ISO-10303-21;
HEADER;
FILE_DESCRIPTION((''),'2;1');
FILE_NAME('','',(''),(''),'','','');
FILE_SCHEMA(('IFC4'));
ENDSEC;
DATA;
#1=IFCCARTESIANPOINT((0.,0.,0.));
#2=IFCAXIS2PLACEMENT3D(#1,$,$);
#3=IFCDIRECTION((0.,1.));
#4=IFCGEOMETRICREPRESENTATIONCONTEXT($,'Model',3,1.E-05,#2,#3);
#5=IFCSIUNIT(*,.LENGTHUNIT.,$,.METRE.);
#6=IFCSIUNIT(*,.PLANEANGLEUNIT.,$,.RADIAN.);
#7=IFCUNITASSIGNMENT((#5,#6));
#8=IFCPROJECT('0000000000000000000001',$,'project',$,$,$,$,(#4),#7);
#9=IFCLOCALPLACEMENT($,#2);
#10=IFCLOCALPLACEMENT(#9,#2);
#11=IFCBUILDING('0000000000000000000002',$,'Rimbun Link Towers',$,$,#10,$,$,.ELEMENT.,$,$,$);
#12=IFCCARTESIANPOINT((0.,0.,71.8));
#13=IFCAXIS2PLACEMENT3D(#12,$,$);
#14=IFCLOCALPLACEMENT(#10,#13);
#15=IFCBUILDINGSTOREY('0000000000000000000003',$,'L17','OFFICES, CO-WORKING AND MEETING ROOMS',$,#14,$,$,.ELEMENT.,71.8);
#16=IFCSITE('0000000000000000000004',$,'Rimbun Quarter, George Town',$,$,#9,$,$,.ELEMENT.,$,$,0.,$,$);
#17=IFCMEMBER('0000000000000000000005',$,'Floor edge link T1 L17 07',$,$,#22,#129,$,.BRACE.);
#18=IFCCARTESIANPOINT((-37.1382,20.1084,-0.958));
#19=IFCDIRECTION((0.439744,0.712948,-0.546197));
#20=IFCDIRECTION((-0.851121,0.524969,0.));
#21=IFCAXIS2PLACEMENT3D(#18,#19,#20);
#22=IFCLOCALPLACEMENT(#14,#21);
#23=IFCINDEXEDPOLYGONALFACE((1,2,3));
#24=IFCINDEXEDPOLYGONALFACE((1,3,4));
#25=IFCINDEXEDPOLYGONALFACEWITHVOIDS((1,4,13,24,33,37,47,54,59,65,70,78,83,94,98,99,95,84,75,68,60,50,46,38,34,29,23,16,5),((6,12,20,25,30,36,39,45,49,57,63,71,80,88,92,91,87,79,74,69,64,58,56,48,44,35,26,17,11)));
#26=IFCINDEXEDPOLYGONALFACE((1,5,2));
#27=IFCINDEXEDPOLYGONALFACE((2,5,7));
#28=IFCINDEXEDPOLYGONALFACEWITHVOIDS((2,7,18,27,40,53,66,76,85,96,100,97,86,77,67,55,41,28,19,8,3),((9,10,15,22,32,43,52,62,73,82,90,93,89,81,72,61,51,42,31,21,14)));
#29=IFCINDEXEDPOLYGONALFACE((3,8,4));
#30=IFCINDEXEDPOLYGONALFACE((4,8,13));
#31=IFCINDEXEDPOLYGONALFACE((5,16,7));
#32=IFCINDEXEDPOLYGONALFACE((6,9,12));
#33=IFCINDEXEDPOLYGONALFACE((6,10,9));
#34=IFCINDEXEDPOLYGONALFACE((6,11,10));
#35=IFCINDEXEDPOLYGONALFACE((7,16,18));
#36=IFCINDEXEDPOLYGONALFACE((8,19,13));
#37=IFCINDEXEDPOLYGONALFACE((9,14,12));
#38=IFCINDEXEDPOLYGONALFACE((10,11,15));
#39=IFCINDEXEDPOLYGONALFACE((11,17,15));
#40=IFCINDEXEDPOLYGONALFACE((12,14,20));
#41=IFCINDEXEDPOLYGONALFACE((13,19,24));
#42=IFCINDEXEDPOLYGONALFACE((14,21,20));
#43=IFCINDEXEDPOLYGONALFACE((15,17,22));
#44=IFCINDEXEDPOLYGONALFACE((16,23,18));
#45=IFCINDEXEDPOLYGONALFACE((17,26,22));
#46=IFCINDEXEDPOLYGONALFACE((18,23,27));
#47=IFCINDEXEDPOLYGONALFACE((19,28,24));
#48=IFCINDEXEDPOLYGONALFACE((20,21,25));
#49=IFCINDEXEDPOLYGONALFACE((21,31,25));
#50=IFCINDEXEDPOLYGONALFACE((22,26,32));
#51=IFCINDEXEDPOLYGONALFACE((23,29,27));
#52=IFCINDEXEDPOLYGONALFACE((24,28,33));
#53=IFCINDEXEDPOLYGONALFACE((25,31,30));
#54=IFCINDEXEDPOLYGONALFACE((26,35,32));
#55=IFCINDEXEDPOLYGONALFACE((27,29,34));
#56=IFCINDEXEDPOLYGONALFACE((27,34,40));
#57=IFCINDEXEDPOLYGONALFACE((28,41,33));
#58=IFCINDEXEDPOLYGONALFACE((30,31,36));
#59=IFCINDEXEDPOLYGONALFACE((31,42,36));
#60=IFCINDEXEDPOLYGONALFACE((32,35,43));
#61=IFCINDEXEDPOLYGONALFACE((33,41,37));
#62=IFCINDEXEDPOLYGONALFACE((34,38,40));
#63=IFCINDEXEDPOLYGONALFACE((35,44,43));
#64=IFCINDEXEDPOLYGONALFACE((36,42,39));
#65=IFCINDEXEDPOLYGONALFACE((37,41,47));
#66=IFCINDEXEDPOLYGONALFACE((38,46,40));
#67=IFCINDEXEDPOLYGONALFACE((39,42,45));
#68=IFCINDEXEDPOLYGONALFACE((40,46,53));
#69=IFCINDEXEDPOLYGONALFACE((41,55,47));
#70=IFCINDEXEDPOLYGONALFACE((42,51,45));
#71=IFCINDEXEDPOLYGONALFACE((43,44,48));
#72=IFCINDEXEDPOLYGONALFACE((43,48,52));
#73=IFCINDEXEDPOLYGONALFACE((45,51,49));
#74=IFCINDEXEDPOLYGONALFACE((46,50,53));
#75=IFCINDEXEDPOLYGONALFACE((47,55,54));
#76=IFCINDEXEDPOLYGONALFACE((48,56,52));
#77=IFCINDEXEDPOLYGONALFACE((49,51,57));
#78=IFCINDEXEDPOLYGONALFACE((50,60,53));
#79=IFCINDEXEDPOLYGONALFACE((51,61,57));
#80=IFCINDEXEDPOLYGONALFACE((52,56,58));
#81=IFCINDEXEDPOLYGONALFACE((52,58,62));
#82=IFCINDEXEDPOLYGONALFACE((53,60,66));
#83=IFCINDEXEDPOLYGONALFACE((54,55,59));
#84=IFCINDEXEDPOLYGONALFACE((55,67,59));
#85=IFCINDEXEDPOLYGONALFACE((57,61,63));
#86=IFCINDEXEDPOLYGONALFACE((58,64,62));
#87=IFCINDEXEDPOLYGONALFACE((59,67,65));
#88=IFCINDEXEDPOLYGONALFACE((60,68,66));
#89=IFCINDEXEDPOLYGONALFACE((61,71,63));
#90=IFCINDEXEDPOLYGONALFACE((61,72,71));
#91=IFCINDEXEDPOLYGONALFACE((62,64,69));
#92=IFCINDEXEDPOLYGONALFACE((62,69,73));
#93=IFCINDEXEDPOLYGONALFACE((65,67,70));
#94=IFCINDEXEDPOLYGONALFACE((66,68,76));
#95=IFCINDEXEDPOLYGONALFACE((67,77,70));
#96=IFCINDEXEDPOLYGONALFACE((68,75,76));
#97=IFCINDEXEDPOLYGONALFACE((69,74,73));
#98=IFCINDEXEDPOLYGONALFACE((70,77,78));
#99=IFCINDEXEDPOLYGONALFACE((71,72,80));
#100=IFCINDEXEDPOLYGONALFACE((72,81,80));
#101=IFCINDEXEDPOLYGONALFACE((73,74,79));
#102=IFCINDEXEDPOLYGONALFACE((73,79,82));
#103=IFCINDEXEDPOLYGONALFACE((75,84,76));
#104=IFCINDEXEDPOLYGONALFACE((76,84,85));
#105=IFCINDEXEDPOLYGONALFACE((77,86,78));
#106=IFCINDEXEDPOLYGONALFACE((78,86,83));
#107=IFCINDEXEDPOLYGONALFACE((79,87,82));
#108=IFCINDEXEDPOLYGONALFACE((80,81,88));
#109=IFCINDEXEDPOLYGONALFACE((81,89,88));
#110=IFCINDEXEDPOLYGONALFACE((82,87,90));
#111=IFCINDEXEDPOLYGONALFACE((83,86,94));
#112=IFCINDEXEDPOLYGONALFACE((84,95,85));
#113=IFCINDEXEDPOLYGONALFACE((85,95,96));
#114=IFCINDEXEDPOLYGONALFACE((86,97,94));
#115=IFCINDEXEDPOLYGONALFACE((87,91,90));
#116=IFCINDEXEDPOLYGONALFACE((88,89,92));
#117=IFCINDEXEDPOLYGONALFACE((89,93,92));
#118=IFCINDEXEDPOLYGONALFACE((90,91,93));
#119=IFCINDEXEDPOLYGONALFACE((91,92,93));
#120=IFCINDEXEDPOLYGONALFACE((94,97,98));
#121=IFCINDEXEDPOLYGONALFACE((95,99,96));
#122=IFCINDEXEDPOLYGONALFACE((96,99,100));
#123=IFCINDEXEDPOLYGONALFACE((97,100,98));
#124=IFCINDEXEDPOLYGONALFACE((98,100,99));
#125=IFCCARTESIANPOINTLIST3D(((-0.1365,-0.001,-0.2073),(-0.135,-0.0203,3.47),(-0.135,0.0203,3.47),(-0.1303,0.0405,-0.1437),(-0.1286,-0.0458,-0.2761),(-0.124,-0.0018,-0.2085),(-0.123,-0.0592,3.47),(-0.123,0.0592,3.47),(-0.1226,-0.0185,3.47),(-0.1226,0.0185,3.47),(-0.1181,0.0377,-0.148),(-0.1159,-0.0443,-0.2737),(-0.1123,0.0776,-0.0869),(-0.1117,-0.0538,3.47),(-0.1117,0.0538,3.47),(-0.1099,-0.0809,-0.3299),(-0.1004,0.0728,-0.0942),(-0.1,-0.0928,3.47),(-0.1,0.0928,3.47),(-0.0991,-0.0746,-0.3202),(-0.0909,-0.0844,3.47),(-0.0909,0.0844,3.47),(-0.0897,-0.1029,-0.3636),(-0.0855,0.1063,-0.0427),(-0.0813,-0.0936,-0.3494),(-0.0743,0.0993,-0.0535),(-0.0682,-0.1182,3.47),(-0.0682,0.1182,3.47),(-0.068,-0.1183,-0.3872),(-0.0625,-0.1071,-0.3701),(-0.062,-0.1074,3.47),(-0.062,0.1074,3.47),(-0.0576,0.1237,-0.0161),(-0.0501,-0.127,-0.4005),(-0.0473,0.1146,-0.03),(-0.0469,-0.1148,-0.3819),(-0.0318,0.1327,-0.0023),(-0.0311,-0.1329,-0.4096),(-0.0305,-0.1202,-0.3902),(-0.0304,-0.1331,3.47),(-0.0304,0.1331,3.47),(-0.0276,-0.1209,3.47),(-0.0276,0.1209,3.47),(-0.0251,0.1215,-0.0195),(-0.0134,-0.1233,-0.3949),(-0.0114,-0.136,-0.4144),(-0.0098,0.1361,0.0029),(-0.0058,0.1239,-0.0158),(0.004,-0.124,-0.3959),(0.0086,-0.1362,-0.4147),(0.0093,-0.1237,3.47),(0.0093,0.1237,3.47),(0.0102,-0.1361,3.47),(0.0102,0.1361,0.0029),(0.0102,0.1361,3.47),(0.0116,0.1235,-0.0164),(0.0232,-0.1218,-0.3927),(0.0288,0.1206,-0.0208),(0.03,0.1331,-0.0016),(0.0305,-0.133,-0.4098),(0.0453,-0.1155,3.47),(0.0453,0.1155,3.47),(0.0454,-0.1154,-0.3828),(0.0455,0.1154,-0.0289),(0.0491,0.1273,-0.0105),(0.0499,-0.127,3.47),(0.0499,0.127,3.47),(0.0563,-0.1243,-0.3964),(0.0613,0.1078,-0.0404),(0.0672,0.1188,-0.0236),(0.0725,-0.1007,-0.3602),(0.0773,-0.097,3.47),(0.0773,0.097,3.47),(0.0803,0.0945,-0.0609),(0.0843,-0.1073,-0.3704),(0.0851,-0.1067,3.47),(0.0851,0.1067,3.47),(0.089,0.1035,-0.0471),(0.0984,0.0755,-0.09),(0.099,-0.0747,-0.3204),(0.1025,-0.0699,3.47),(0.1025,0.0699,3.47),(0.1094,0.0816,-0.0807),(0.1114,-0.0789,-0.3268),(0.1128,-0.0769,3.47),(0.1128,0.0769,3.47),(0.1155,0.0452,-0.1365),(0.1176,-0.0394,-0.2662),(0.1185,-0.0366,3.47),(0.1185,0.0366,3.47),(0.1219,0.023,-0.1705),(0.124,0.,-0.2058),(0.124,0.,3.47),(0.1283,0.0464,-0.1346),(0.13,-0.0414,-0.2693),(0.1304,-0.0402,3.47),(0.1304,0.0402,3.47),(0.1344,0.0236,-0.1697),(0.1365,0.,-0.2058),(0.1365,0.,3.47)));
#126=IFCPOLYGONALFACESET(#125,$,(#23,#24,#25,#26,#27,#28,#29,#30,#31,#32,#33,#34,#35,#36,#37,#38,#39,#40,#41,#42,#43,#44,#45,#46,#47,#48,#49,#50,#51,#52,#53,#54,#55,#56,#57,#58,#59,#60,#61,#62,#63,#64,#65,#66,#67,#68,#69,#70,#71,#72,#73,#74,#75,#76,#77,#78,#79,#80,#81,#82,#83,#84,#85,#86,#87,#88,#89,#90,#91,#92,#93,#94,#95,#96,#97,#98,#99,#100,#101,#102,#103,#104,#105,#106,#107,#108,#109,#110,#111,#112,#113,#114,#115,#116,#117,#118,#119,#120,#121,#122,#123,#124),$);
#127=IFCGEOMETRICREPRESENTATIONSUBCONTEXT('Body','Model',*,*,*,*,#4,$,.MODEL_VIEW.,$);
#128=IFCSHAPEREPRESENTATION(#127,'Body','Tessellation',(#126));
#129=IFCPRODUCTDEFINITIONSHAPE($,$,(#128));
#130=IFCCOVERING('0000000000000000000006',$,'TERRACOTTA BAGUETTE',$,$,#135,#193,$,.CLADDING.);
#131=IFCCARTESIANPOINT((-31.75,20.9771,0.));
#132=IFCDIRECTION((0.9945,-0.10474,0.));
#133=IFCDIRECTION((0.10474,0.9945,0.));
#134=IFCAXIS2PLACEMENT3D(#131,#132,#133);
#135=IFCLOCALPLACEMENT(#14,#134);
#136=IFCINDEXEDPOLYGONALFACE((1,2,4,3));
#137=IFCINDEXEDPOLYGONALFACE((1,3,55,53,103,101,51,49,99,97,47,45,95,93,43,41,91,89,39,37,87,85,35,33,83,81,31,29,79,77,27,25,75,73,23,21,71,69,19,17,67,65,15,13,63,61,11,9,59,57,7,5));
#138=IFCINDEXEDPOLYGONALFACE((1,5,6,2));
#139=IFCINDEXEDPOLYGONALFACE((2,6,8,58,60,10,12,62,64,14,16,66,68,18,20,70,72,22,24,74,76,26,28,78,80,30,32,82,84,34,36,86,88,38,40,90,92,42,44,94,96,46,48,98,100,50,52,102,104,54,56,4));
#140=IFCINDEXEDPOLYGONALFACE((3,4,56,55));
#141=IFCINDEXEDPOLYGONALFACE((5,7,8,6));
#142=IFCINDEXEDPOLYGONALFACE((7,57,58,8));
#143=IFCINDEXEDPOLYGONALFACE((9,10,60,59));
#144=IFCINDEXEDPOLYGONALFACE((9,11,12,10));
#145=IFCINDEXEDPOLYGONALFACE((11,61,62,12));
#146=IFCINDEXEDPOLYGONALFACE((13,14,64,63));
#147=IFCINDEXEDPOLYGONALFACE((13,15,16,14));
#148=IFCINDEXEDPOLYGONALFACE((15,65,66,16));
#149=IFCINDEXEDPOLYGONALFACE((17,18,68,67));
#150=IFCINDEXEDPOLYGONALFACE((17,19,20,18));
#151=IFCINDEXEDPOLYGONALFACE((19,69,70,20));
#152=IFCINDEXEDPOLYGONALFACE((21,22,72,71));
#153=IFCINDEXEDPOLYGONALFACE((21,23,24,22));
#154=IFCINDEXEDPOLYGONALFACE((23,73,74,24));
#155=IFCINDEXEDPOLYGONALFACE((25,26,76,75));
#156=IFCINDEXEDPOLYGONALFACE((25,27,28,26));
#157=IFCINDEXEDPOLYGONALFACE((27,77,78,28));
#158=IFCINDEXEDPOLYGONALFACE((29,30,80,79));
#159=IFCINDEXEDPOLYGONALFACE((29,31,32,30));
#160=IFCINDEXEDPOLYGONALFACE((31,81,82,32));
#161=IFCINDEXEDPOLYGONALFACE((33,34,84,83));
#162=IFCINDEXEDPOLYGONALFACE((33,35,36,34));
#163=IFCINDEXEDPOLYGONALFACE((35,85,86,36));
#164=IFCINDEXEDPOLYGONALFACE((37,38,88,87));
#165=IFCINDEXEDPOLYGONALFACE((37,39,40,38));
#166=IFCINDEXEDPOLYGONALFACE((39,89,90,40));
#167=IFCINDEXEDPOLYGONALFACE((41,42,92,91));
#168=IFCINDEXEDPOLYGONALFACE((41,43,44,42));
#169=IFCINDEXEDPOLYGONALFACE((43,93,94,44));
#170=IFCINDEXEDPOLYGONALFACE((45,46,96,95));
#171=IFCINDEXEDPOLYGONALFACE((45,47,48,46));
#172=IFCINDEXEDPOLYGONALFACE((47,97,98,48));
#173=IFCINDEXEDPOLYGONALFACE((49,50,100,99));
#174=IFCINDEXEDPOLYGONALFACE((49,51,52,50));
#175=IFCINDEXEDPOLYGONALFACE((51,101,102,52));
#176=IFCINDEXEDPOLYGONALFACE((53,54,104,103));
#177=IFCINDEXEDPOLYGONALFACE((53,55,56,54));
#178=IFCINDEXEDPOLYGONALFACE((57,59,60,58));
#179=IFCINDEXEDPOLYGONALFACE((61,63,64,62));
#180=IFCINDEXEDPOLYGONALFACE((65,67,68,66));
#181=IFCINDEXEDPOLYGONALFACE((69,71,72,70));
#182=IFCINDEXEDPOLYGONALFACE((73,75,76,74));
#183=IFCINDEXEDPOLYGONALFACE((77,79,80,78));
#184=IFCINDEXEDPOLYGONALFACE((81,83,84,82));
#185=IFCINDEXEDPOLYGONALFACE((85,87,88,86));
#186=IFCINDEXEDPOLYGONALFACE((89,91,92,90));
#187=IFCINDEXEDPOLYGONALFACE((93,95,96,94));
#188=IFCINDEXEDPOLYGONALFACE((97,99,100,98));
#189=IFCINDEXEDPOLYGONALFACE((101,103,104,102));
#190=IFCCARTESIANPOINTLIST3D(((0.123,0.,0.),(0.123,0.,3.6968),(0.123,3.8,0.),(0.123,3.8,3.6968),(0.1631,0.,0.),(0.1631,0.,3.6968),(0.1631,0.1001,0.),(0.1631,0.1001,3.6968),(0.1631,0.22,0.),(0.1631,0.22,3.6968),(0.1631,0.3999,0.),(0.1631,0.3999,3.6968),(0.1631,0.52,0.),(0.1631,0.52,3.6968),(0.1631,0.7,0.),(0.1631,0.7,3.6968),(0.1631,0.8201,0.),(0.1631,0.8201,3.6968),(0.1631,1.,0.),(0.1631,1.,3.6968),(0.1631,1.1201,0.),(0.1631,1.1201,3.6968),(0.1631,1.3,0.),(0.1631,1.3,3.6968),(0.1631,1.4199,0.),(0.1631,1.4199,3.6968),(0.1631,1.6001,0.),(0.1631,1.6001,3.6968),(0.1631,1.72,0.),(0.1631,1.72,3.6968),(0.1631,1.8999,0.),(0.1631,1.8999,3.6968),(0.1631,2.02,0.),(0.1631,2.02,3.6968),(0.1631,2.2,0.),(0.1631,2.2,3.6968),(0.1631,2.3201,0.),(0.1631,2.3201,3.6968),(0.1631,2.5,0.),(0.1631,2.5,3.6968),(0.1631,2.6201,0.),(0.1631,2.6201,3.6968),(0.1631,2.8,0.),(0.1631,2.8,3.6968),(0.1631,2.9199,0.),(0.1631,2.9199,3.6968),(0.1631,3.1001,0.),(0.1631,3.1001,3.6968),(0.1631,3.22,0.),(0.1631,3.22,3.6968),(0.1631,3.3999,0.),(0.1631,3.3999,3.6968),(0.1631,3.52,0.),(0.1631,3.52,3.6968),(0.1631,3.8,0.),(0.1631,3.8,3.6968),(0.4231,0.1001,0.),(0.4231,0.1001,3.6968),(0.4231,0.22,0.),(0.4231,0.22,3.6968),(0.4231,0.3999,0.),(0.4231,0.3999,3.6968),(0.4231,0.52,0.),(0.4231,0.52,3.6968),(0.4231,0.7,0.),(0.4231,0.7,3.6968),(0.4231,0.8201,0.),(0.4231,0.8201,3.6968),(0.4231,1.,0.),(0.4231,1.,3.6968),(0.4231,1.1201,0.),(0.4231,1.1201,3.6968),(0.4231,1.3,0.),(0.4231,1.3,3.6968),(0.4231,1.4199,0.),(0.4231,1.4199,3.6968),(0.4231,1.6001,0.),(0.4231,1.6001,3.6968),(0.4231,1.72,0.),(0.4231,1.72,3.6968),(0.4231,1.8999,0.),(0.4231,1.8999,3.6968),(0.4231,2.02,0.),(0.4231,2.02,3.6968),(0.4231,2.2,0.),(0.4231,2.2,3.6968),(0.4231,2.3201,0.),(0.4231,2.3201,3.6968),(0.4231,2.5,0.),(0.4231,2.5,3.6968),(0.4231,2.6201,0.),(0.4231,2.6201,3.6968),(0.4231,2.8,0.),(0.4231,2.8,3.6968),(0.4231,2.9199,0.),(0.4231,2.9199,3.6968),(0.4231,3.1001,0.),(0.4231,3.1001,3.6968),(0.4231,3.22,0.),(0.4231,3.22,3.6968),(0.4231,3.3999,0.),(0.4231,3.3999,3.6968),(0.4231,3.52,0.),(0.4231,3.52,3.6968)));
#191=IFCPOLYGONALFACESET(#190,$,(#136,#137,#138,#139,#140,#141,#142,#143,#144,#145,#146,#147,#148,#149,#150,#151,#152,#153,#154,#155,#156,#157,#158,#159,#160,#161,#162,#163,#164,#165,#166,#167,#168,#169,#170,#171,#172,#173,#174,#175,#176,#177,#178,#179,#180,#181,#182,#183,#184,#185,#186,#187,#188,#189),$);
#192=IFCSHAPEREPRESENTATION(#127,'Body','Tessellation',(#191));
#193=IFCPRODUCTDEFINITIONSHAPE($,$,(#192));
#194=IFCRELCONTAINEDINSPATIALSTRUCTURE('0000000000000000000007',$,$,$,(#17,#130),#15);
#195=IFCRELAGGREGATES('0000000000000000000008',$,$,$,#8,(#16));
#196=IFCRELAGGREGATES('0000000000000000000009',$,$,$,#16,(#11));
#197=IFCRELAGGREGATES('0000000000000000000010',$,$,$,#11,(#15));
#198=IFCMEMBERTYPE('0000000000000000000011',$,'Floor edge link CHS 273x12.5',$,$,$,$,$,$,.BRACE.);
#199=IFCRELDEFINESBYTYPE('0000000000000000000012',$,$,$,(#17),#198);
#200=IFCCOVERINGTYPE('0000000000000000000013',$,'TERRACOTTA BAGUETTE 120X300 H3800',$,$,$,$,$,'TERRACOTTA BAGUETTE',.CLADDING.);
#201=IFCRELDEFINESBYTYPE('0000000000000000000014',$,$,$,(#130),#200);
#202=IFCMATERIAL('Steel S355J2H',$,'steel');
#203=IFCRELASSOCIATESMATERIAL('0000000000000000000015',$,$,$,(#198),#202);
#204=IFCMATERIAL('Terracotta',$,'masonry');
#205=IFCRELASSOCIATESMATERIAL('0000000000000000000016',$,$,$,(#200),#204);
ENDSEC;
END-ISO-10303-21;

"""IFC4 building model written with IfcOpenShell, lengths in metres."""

from ifc_helpers import new_model, si_unit, direction, frame, origin, origin_2d, place, context, subcontext, project, spatial, polyline, hollow_circle, outline, extrude, clip, halfspace, material, material_profile, profile_set, type_object, element, save


model = new_model("IFC4")

# Units and contexts
model_context = context("Model", 3, precision=1e-05, world=origin(), true_north=direction((0.0, 1.0)))
body_context = subcontext(model_context, "Body", "Model", "MODEL_VIEW")
ifc_project = project(units=[si_unit("LENGTHUNIT", "METRE"), si_unit("PLANEANGLEUNIT", "RADIAN")], contexts=[model_context])

# Site, building, storey
site_placement = place(None, origin())
site = spatial("IfcSite", under=ifc_project, at=site_placement, Name="Rimbun Quarter, George Town", CompositionType="ELEMENT", RefElevation=0.0)
building_placement = place(site_placement, origin())
building = spatial("IfcBuilding", under=site, at=building_placement, Name="Rimbun Link Towers", CompositionType="ELEMENT")
storey_placement = place(building_placement, frame((0.0, 0.0, 71.8)))
storey = spatial("IfcBuildingStorey", under=building, at=storey_placement, Name="L17", Description="OFFICES, CO-WORKING AND MEETING ROOMS", CompositionType="ELEMENT", Elevation=71.8)

# Member
ifc_material_1 = material(Name="Steel S355J2H", Category="steel")
ifc_material_profile_1 = material_profile(ifc_material_1, hollow_circle(Radius=0.1365, WallThickness=0.0125, at=origin_2d()), Name="CHS 273x12.5")
ifc_profile_set_1 = profile_set([ifc_material_profile_1], Name="Steel S355J2H")
member_type_1 = type_object("IfcMemberType", Name="Floor edge link CHS 273x12.5", PredefinedType="BRACE", material=ifc_profile_set_1)
member_1_placement = place(storey_placement, frame((-37.1382, 20.1084, -0.958), z_axis=(0.439744, 0.712948, -0.546197), x_axis=(-0.851121, 0.524969, 0.0)))
element("IfcMember", 1, at=member_1_placement, inside=storey, type_object=member_type_1, Name="Floor edge link T1 L17 07", PredefinedType="BRACE", context=body_context, shape_type="Clipping", body=[
    clip(extrude(hollow_circle(Radius=0.1365, WallThickness=0.0125, at=origin_2d()), frame((0.0, 0.0, -0.437)), (0.0, 0.0, 1.0), 3.907), halfspace(frame((0.0, 0.0, -0.2058), z_axis=(0.0, 0.837657, -0.546197)), False)),
])

# Covering
ifc_material_2 = material(Name="Terracotta", Category="masonry")
ifc_material_profile_2 = material_profile(ifc_material_2, outline(polyline([(0.123, 0.0), (0.1631, 0.0), (0.1631, 0.1001), (0.4231, 0.1001), (0.4231, 0.22), (0.1631, 0.22), (0.1631, 0.3999), (0.4231, 0.3999), (0.4231, 0.52), (0.1631, 0.52), (0.1631, 0.7), (0.4231, 0.7), (0.4231, 0.8201), (0.1631, 0.8201), (0.1631, 1.0), (0.4231, 1.0), (0.4231, 1.1201), (0.1631, 1.1201), (0.1631, 1.3), (0.4231, 1.3), (0.4231, 1.4199), (0.1631, 1.4199), (0.1631, 1.6001), (0.4231, 1.6001), (0.4231, 1.72), (0.1631, 1.72), (0.1631, 1.8999), (0.4231, 1.8999), (0.4231, 2.02), (0.1631, 2.02), (0.1631, 2.2), (0.4231, 2.2), (0.4231, 2.3201), (0.1631, 2.3201), (0.1631, 2.5), (0.4231, 2.5), (0.4231, 2.6201), (0.1631, 2.6201), (0.1631, 2.8), (0.4231, 2.8), (0.4231, 2.9199), (0.1631, 2.9199), (0.1631, 3.1001), (0.4231, 3.1001), (0.4231, 3.22), (0.1631, 3.22), (0.1631, 3.3999), (0.4231, 3.3999), (0.4231, 3.52), (0.1631, 3.52), (0.1631, 3.8), (0.123, 3.8), (0.123, 0.0)])), Name="BAGUETTE 120X300")
ifc_profile_set_2 = profile_set([ifc_material_profile_2], Name="Terracotta")
covering_type = type_object("IfcCoveringType", Name="TERRACOTTA BAGUETTE 120X300 H3800", ElementType="TERRACOTTA BAGUETTE", PredefinedType="CLADDING", material=ifc_profile_set_2)
for number, where, z_axis, x_axis, name in (
    (2, (-31.75, 20.9771, 0.0), (0.9945, -0.10474, 0.0), (0.10474, 0.9945, 0.0), "TERRACOTTA BAGUETTE"),
):
    element("IfcCovering", number, at=place(storey_placement, frame(where, z_axis=z_axis, x_axis=x_axis)), inside=storey, type_object=covering_type, Name=name, PredefinedType="CLADDING", context=body_context, shape_type="SweptSolid", body=[
        extrude(outline(polyline([(0.123, 0.0), (0.1631, 0.0), (0.1631, 0.1001), (0.4231, 0.1001), (0.4231, 0.22), (0.1631, 0.22), (0.1631, 0.3999), (0.4231, 0.3999), (0.4231, 0.52), (0.1631, 0.52), (0.1631, 0.7), (0.4231, 0.7), (0.4231, 0.8201), (0.1631, 0.8201), (0.1631, 1.0), (0.4231, 1.0), (0.4231, 1.1201), (0.1631, 1.1201), (0.1631, 1.3), (0.4231, 1.3), (0.4231, 1.4199), (0.1631, 1.4199), (0.1631, 1.6001), (0.4231, 1.6001), (0.4231, 1.72), (0.1631, 1.72), (0.1631, 1.8999), (0.4231, 1.8999), (0.4231, 2.02), (0.1631, 2.02), (0.1631, 2.2), (0.4231, 2.2), (0.4231, 2.3201), (0.1631, 2.3201), (0.1631, 2.5), (0.4231, 2.5), (0.4231, 2.6201), (0.1631, 2.6201), (0.1631, 2.8), (0.4231, 2.8), (0.4231, 2.9199), (0.1631, 2.9199), (0.1631, 3.1001), (0.4231, 3.1001), (0.4231, 3.22), (0.1631, 3.22), (0.1631, 3.3999), (0.4231, 3.3999), (0.4231, 3.52), (0.1631, 3.52), (0.1631, 3.8), (0.123, 3.8), (0.123, 0.0)])), origin(), (0.0, 0.0, 1.0), 3.6968),
    ])

save(model, "model.ifc")
